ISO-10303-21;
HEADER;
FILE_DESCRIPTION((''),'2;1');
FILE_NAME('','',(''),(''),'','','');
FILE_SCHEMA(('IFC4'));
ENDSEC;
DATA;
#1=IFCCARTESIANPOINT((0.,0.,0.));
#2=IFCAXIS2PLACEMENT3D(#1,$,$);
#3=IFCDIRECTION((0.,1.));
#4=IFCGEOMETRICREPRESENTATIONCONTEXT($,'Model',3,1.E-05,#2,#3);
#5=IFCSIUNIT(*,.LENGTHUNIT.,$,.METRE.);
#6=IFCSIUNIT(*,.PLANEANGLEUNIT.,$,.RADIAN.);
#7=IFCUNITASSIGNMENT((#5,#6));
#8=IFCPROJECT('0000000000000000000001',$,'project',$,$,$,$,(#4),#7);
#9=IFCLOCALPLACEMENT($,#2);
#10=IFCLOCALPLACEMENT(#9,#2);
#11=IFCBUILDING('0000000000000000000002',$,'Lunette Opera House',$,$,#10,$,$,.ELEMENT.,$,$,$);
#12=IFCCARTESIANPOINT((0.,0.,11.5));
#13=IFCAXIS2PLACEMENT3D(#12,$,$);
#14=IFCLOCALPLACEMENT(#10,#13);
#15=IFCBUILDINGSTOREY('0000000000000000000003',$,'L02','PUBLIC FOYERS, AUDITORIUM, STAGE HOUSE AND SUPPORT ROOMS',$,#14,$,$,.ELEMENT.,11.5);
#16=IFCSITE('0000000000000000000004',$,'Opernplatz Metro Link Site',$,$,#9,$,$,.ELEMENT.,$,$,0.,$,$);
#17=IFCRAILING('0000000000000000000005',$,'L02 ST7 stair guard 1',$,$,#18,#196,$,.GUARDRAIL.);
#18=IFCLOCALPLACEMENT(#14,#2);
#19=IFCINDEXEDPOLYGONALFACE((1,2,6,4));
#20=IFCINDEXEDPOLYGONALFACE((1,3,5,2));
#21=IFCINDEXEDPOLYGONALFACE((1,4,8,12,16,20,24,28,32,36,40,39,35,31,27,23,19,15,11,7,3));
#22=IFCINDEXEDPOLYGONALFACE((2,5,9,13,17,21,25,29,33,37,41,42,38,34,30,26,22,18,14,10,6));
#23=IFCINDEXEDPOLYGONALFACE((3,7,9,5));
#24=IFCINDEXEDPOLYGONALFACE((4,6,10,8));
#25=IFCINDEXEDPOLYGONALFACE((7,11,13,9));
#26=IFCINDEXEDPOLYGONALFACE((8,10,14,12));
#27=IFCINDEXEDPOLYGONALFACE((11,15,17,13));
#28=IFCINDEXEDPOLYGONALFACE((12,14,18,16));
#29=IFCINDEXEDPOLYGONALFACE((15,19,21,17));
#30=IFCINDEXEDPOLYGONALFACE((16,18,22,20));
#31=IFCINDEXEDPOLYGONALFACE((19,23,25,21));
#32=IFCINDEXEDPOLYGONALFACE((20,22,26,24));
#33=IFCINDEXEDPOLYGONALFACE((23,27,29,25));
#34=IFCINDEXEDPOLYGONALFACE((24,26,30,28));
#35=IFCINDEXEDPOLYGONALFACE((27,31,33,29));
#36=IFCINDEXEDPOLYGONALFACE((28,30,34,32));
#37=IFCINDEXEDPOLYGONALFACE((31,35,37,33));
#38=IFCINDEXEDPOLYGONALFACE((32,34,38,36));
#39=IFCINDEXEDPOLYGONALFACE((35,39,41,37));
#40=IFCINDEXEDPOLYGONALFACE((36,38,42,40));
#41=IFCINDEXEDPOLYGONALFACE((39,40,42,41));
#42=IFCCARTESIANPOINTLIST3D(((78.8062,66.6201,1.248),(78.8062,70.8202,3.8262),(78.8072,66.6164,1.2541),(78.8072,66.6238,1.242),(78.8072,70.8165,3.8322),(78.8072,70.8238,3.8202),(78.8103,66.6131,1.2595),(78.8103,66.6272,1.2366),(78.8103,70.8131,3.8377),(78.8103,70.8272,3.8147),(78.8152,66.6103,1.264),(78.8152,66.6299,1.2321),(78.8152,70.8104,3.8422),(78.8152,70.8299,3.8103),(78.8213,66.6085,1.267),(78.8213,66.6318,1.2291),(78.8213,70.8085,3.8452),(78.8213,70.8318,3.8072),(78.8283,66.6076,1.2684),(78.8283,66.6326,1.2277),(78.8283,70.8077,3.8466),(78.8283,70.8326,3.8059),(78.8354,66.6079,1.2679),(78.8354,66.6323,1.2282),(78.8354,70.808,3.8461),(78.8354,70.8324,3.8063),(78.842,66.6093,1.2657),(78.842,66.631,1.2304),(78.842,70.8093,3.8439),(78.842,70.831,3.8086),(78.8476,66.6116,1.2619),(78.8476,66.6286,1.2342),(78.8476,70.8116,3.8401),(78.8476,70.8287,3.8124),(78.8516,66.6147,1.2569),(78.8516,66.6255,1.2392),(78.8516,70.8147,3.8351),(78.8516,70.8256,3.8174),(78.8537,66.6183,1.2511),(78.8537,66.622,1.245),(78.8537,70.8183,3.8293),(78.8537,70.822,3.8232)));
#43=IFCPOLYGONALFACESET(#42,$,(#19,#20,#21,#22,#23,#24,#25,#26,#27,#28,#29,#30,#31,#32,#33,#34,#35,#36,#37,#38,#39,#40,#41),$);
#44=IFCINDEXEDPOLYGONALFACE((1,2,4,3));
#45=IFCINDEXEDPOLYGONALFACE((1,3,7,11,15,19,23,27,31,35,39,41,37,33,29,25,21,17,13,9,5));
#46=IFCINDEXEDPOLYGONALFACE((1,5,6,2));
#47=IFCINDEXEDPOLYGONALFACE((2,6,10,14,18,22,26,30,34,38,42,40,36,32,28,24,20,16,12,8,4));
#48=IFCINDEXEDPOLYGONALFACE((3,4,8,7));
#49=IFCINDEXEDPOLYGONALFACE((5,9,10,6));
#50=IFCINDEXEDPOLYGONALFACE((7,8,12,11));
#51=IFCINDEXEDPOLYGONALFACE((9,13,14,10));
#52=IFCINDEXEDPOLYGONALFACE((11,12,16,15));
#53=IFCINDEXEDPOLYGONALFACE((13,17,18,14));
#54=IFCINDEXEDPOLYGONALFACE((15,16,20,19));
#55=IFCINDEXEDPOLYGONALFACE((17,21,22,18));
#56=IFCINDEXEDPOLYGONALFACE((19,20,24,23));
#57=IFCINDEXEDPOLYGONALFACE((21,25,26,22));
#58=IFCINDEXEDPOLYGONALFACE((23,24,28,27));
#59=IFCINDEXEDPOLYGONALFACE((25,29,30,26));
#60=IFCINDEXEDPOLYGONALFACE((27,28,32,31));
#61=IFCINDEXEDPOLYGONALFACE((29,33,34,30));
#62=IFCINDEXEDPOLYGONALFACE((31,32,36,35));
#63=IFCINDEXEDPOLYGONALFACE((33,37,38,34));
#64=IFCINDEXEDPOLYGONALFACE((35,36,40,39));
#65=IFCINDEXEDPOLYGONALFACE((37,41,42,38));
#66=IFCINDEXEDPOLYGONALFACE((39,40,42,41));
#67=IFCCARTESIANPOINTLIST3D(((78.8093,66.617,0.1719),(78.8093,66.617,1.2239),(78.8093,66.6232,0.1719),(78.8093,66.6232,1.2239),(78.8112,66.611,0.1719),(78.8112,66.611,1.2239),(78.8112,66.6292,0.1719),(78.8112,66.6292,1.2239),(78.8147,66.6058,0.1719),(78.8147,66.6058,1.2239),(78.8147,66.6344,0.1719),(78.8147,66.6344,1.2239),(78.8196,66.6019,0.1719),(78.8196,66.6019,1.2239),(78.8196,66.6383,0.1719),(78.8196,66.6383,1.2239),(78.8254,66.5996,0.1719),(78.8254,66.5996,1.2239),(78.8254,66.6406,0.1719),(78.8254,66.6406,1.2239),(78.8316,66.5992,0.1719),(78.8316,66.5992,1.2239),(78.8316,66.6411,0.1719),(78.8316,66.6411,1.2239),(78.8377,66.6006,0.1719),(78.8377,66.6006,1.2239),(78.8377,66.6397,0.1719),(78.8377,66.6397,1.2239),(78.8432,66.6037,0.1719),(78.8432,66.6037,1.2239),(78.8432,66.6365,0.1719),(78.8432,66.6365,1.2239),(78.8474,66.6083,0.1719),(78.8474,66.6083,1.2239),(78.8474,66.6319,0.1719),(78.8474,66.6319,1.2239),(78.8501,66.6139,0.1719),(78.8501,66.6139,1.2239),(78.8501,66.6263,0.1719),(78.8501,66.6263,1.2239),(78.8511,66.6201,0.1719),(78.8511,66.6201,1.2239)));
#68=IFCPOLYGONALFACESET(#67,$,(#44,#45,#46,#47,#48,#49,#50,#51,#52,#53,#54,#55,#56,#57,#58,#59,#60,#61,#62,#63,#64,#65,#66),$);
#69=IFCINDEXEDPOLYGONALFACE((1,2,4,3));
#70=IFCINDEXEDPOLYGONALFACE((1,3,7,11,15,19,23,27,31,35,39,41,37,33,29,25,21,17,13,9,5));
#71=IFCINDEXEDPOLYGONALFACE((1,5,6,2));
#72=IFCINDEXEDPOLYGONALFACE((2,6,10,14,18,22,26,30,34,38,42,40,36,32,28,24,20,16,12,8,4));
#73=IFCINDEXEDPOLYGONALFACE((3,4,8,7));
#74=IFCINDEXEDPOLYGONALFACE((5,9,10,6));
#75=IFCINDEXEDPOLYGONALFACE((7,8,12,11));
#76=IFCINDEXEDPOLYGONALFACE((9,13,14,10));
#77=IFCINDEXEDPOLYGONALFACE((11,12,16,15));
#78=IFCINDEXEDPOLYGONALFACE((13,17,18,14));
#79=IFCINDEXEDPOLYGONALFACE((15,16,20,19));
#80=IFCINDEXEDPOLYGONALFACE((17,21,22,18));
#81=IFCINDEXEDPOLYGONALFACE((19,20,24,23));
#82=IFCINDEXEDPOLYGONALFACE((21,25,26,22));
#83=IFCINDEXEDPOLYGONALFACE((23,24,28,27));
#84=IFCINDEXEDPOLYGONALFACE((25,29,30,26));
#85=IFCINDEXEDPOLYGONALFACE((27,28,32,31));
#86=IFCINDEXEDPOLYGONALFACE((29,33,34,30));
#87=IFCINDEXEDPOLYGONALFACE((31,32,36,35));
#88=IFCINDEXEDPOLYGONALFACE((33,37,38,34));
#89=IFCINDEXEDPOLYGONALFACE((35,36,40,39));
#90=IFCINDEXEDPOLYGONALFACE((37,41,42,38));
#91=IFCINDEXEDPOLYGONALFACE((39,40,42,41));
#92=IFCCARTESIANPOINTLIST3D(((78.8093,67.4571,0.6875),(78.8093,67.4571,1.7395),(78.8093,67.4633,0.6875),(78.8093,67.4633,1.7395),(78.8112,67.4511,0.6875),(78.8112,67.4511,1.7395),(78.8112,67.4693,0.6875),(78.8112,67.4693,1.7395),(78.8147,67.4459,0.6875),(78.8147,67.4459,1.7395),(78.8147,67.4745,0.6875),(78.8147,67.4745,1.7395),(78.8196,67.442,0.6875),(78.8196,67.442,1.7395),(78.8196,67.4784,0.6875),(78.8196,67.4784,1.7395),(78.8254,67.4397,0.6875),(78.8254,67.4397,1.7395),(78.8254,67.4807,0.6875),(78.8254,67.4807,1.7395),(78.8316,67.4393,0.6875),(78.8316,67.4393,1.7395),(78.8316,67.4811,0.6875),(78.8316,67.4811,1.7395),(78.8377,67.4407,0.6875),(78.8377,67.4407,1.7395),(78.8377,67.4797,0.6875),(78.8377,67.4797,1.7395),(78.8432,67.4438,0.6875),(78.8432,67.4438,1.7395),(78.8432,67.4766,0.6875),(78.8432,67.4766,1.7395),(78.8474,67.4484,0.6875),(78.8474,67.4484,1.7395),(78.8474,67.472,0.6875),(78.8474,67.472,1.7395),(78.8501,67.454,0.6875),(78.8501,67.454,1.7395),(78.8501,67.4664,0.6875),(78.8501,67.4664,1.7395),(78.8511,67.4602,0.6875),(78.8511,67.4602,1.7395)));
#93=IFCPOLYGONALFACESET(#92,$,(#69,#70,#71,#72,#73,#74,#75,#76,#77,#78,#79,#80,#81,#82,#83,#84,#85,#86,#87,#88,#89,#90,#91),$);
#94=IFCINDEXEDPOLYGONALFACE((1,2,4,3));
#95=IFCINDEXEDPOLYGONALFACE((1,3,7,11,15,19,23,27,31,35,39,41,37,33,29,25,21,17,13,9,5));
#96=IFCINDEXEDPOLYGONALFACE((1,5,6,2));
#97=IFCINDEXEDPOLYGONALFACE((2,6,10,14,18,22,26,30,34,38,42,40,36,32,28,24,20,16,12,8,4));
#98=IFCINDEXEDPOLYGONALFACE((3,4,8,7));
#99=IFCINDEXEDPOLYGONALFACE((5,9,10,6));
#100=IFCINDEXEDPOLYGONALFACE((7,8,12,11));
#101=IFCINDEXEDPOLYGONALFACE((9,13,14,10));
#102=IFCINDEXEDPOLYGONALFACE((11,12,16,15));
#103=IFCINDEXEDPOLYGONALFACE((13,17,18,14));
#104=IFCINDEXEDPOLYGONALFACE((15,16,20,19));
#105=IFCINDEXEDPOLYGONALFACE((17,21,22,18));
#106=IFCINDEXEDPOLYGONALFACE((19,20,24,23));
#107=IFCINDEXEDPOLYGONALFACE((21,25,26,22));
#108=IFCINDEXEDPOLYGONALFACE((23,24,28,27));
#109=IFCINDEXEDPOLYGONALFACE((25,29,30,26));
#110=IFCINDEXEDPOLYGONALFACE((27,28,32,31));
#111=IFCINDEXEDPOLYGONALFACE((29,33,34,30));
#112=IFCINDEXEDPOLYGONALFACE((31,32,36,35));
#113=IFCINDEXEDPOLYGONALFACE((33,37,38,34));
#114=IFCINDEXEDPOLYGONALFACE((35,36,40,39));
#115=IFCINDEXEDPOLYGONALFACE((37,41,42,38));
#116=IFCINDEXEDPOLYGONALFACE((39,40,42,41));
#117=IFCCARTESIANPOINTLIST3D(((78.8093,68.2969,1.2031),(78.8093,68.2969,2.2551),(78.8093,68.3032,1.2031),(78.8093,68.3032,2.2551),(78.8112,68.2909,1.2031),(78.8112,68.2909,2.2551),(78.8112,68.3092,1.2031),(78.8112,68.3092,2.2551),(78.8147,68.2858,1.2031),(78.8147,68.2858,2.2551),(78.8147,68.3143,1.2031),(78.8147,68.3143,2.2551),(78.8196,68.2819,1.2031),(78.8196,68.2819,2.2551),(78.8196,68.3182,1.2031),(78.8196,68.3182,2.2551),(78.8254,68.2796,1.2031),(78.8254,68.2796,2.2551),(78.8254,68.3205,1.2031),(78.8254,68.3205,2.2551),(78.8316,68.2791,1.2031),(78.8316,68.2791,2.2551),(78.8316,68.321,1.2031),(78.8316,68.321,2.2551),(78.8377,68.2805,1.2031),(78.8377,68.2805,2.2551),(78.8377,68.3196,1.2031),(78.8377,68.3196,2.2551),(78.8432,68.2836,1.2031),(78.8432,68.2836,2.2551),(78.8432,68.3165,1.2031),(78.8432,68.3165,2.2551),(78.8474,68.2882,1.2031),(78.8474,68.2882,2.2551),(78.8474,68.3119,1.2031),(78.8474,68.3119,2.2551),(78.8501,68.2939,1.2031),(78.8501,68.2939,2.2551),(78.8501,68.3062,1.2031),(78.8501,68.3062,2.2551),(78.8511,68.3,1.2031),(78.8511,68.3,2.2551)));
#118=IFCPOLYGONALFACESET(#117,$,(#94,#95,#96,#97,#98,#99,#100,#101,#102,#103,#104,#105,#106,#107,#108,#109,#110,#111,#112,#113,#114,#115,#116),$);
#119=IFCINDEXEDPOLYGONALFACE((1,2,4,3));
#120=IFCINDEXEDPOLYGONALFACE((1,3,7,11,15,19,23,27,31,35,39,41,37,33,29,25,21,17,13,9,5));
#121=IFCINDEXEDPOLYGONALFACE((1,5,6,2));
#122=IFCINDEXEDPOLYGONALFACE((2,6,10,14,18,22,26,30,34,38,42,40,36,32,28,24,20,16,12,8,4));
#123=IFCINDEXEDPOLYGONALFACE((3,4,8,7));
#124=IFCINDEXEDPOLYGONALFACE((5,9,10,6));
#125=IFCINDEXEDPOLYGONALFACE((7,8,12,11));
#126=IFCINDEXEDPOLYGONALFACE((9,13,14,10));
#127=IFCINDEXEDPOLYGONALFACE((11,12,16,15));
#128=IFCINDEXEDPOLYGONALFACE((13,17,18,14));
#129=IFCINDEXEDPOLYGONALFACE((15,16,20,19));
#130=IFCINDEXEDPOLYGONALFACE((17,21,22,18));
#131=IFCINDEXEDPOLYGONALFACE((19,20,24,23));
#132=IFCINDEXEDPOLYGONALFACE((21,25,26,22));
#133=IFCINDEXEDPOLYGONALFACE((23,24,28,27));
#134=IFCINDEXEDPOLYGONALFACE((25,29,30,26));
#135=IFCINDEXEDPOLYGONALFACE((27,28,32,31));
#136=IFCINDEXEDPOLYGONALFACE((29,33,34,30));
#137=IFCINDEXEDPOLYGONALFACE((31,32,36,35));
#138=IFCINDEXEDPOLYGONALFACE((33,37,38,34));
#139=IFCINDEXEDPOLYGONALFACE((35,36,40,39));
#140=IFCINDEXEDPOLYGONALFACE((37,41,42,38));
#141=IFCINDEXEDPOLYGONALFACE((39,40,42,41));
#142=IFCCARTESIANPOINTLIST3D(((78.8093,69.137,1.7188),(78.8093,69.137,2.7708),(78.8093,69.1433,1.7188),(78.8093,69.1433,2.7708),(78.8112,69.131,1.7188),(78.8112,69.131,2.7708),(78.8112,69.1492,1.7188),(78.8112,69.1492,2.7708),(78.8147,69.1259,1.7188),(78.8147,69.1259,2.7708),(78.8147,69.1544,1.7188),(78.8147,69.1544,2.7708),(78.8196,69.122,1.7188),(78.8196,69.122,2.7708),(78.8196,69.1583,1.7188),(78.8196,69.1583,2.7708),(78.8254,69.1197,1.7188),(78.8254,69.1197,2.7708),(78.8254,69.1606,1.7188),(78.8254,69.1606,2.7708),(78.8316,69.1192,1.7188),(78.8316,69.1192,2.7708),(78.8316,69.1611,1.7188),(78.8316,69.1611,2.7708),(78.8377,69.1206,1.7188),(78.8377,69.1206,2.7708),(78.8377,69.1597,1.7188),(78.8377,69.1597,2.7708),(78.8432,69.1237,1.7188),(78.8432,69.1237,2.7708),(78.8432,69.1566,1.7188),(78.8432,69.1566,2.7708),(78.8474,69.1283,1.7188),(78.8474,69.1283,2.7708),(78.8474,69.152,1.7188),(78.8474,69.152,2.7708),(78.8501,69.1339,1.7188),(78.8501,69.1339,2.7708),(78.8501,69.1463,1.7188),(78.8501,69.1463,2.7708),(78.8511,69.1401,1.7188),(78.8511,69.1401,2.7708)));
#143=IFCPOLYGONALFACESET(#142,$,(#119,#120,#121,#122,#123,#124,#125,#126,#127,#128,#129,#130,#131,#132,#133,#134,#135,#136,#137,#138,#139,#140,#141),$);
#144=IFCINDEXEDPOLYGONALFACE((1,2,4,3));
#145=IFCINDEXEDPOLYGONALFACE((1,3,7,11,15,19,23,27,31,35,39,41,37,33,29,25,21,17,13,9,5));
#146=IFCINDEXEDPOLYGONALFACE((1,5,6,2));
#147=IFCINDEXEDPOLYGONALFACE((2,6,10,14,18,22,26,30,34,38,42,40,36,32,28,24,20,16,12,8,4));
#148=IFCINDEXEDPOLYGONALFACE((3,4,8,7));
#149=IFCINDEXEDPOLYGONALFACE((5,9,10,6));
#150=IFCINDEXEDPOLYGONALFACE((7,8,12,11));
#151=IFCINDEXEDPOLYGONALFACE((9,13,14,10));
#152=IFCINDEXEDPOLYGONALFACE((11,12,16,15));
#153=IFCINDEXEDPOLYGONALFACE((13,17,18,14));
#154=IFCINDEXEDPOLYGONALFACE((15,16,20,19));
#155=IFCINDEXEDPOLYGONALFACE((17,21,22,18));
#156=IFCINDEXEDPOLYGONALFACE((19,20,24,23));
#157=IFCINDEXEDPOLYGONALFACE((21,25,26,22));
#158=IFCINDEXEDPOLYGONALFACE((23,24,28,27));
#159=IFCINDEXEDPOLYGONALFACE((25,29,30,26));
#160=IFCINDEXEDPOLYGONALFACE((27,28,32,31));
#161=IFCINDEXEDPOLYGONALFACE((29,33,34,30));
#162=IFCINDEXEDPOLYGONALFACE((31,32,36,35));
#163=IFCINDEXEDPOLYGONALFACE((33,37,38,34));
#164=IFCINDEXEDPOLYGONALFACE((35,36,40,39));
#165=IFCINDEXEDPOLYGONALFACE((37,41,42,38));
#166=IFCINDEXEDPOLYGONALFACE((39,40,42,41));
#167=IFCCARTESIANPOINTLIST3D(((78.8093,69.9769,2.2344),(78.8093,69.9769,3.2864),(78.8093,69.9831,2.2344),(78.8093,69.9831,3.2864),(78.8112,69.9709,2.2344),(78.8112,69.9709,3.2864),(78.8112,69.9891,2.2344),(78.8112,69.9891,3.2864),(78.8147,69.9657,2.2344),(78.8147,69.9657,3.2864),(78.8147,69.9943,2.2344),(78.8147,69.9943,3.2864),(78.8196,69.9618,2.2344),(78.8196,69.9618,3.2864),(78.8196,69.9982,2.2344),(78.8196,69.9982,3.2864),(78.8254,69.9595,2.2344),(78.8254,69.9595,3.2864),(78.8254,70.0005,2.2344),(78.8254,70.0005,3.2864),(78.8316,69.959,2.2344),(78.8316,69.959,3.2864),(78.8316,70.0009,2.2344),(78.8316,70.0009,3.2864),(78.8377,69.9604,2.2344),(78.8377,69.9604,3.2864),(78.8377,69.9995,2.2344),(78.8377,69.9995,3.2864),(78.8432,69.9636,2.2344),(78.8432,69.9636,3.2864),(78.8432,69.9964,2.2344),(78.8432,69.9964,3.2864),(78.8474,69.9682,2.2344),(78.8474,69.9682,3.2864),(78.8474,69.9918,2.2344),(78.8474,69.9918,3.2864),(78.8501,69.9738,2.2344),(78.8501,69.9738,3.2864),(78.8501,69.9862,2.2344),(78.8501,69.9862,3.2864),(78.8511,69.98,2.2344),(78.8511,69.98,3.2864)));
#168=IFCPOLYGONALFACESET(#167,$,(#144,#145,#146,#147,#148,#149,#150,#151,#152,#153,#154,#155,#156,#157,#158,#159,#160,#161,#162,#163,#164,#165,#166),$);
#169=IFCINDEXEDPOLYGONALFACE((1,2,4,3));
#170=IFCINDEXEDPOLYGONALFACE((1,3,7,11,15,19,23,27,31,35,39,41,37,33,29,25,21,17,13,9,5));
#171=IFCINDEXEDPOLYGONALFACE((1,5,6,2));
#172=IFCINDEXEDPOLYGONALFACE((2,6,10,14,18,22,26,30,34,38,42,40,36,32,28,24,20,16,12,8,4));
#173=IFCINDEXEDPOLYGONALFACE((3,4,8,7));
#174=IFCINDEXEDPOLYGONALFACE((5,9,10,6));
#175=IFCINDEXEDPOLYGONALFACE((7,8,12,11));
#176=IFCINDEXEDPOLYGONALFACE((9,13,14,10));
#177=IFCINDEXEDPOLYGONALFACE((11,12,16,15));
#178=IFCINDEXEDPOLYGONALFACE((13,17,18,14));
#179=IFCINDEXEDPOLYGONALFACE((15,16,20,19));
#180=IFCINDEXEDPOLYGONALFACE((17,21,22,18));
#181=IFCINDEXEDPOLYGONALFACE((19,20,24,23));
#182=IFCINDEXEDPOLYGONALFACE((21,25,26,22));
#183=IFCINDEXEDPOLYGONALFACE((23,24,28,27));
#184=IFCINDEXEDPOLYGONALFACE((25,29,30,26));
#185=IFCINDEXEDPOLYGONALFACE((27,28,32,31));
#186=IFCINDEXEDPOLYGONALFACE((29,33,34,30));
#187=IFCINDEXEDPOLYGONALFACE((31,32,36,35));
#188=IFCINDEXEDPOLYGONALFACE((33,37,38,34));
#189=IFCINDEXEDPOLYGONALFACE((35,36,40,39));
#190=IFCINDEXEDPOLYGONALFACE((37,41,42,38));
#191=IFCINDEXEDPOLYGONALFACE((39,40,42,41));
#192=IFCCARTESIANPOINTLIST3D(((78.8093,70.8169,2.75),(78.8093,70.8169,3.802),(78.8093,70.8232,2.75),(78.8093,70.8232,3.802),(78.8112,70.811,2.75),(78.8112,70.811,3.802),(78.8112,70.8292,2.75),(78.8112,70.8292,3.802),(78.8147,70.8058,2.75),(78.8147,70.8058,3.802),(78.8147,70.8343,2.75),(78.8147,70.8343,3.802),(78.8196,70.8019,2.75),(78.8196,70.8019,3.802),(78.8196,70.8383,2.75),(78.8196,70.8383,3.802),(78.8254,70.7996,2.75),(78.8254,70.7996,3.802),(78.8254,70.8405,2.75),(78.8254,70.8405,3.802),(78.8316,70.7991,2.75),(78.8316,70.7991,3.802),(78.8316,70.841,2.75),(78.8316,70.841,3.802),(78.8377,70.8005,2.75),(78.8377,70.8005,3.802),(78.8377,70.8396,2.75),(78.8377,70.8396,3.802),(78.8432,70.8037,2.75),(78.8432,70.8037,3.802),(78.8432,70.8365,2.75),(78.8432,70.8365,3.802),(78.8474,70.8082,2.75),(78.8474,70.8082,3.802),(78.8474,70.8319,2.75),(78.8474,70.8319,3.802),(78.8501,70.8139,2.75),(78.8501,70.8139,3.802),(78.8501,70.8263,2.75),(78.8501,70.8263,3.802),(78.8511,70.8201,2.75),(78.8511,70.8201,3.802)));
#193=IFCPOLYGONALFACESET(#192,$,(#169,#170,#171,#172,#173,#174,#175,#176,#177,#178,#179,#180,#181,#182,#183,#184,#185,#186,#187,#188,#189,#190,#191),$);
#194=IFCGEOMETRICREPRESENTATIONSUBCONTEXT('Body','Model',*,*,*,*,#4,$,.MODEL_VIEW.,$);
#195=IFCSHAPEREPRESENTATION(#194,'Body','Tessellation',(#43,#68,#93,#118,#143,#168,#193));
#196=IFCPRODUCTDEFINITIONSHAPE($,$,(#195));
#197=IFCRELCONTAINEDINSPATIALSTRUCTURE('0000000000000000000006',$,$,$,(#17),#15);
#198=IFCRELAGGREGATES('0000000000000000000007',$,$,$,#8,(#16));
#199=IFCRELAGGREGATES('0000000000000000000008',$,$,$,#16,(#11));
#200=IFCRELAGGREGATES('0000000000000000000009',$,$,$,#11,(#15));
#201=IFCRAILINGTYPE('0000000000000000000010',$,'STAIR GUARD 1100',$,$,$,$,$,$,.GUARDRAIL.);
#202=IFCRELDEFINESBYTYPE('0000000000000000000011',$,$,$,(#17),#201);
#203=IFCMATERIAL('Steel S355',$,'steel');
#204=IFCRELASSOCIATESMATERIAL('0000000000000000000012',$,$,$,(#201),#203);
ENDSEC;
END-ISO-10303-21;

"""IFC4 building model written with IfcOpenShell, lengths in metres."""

from ifc_helpers import new_model, si_unit, direction, frame, origin, origin_2d, place, context, subcontext, project, spatial, circle, extrude, material, type_object, element, save


model = new_model("IFC4")

# Units and contexts
model_context = context("Model", 3, precision=1e-05, world=origin(), true_north=direction((0.0, 1.0)))
body_context = subcontext(model_context, "Body", "Model", "MODEL_VIEW")
ifc_project = project(units=[si_unit("LENGTHUNIT", "METRE"), si_unit("PLANEANGLEUNIT", "RADIAN")], contexts=[model_context])

# Site, building, storey
site_placement = place(None, origin())
site = spatial("IfcSite", under=ifc_project, at=site_placement, Name="Opernplatz Metro Link Site", CompositionType="ELEMENT", RefElevation=0.0)
building_placement = place(site_placement, origin())
building = spatial("IfcBuilding", under=site, at=building_placement, Name="Lunette Opera House", CompositionType="ELEMENT")
storey_placement = place(building_placement, frame((0.0, 0.0, 11.5)))
storey = spatial("IfcBuildingStorey", under=building, at=storey_placement, Name="L02", Description="PUBLIC FOYERS, AUDITORIUM, STAGE HOUSE AND SUPPORT ROOMS", CompositionType="ELEMENT", Elevation=11.5)

# Railing
ifc_material_1 = material(Name="Steel S355", Category="steel")
railing_type_1 = type_object("IfcRailingType", Name="STAIR GUARD 1100", PredefinedType="GUARDRAIL", material=ifc_material_1)
railing_1_placement = place(storey_placement, frame((78.8301, 66.6201, 0.1719)))
element("IfcRailing", 1, at=railing_1_placement, inside=storey, type_object=railing_type_1, Name="L02 ST7 stair guard 1", PredefinedType="GUARDRAIL", context=body_context, shape_type="SweptSolid", body=[
    extrude(circle(Radius=0.0239, at=origin_2d()), frame((0.0, 0.0, 1.0762), z_axis=(0.0, 0.852243, 0.523146), x_axis=(-1.0, 0.0, 0.0)), (0.0, 0.0, 1.0), 4.9282),
    extrude(circle(Radius=0.021, at=origin_2d()), origin(), (0.0, 0.0, 1.0), 1.052),
    extrude(circle(Radius=0.021, at=origin_2d()), frame((0.0, 0.8401, 0.5156)), (0.0, 0.0, 1.0), 1.052),
    extrude(circle(Radius=0.021, at=origin_2d()), frame((0.0, 1.6799, 1.0312)), (0.0, 0.0, 1.0), 1.052),
    extrude(circle(Radius=0.021, at=origin_2d()), frame((0.0, 2.52, 1.5469)), (0.0, 0.0, 1.0), 1.052),
    extrude(circle(Radius=0.021, at=origin_2d()), frame((0.0, 3.3599, 2.0625)), (0.0, 0.0, 1.0), 1.052),
    extrude(circle(Radius=0.021, at=origin_2d()), frame((0.0, 4.2, 2.5781)), (0.0, 0.0, 1.0), 1.052),
])

save(model, "model.ifc")
